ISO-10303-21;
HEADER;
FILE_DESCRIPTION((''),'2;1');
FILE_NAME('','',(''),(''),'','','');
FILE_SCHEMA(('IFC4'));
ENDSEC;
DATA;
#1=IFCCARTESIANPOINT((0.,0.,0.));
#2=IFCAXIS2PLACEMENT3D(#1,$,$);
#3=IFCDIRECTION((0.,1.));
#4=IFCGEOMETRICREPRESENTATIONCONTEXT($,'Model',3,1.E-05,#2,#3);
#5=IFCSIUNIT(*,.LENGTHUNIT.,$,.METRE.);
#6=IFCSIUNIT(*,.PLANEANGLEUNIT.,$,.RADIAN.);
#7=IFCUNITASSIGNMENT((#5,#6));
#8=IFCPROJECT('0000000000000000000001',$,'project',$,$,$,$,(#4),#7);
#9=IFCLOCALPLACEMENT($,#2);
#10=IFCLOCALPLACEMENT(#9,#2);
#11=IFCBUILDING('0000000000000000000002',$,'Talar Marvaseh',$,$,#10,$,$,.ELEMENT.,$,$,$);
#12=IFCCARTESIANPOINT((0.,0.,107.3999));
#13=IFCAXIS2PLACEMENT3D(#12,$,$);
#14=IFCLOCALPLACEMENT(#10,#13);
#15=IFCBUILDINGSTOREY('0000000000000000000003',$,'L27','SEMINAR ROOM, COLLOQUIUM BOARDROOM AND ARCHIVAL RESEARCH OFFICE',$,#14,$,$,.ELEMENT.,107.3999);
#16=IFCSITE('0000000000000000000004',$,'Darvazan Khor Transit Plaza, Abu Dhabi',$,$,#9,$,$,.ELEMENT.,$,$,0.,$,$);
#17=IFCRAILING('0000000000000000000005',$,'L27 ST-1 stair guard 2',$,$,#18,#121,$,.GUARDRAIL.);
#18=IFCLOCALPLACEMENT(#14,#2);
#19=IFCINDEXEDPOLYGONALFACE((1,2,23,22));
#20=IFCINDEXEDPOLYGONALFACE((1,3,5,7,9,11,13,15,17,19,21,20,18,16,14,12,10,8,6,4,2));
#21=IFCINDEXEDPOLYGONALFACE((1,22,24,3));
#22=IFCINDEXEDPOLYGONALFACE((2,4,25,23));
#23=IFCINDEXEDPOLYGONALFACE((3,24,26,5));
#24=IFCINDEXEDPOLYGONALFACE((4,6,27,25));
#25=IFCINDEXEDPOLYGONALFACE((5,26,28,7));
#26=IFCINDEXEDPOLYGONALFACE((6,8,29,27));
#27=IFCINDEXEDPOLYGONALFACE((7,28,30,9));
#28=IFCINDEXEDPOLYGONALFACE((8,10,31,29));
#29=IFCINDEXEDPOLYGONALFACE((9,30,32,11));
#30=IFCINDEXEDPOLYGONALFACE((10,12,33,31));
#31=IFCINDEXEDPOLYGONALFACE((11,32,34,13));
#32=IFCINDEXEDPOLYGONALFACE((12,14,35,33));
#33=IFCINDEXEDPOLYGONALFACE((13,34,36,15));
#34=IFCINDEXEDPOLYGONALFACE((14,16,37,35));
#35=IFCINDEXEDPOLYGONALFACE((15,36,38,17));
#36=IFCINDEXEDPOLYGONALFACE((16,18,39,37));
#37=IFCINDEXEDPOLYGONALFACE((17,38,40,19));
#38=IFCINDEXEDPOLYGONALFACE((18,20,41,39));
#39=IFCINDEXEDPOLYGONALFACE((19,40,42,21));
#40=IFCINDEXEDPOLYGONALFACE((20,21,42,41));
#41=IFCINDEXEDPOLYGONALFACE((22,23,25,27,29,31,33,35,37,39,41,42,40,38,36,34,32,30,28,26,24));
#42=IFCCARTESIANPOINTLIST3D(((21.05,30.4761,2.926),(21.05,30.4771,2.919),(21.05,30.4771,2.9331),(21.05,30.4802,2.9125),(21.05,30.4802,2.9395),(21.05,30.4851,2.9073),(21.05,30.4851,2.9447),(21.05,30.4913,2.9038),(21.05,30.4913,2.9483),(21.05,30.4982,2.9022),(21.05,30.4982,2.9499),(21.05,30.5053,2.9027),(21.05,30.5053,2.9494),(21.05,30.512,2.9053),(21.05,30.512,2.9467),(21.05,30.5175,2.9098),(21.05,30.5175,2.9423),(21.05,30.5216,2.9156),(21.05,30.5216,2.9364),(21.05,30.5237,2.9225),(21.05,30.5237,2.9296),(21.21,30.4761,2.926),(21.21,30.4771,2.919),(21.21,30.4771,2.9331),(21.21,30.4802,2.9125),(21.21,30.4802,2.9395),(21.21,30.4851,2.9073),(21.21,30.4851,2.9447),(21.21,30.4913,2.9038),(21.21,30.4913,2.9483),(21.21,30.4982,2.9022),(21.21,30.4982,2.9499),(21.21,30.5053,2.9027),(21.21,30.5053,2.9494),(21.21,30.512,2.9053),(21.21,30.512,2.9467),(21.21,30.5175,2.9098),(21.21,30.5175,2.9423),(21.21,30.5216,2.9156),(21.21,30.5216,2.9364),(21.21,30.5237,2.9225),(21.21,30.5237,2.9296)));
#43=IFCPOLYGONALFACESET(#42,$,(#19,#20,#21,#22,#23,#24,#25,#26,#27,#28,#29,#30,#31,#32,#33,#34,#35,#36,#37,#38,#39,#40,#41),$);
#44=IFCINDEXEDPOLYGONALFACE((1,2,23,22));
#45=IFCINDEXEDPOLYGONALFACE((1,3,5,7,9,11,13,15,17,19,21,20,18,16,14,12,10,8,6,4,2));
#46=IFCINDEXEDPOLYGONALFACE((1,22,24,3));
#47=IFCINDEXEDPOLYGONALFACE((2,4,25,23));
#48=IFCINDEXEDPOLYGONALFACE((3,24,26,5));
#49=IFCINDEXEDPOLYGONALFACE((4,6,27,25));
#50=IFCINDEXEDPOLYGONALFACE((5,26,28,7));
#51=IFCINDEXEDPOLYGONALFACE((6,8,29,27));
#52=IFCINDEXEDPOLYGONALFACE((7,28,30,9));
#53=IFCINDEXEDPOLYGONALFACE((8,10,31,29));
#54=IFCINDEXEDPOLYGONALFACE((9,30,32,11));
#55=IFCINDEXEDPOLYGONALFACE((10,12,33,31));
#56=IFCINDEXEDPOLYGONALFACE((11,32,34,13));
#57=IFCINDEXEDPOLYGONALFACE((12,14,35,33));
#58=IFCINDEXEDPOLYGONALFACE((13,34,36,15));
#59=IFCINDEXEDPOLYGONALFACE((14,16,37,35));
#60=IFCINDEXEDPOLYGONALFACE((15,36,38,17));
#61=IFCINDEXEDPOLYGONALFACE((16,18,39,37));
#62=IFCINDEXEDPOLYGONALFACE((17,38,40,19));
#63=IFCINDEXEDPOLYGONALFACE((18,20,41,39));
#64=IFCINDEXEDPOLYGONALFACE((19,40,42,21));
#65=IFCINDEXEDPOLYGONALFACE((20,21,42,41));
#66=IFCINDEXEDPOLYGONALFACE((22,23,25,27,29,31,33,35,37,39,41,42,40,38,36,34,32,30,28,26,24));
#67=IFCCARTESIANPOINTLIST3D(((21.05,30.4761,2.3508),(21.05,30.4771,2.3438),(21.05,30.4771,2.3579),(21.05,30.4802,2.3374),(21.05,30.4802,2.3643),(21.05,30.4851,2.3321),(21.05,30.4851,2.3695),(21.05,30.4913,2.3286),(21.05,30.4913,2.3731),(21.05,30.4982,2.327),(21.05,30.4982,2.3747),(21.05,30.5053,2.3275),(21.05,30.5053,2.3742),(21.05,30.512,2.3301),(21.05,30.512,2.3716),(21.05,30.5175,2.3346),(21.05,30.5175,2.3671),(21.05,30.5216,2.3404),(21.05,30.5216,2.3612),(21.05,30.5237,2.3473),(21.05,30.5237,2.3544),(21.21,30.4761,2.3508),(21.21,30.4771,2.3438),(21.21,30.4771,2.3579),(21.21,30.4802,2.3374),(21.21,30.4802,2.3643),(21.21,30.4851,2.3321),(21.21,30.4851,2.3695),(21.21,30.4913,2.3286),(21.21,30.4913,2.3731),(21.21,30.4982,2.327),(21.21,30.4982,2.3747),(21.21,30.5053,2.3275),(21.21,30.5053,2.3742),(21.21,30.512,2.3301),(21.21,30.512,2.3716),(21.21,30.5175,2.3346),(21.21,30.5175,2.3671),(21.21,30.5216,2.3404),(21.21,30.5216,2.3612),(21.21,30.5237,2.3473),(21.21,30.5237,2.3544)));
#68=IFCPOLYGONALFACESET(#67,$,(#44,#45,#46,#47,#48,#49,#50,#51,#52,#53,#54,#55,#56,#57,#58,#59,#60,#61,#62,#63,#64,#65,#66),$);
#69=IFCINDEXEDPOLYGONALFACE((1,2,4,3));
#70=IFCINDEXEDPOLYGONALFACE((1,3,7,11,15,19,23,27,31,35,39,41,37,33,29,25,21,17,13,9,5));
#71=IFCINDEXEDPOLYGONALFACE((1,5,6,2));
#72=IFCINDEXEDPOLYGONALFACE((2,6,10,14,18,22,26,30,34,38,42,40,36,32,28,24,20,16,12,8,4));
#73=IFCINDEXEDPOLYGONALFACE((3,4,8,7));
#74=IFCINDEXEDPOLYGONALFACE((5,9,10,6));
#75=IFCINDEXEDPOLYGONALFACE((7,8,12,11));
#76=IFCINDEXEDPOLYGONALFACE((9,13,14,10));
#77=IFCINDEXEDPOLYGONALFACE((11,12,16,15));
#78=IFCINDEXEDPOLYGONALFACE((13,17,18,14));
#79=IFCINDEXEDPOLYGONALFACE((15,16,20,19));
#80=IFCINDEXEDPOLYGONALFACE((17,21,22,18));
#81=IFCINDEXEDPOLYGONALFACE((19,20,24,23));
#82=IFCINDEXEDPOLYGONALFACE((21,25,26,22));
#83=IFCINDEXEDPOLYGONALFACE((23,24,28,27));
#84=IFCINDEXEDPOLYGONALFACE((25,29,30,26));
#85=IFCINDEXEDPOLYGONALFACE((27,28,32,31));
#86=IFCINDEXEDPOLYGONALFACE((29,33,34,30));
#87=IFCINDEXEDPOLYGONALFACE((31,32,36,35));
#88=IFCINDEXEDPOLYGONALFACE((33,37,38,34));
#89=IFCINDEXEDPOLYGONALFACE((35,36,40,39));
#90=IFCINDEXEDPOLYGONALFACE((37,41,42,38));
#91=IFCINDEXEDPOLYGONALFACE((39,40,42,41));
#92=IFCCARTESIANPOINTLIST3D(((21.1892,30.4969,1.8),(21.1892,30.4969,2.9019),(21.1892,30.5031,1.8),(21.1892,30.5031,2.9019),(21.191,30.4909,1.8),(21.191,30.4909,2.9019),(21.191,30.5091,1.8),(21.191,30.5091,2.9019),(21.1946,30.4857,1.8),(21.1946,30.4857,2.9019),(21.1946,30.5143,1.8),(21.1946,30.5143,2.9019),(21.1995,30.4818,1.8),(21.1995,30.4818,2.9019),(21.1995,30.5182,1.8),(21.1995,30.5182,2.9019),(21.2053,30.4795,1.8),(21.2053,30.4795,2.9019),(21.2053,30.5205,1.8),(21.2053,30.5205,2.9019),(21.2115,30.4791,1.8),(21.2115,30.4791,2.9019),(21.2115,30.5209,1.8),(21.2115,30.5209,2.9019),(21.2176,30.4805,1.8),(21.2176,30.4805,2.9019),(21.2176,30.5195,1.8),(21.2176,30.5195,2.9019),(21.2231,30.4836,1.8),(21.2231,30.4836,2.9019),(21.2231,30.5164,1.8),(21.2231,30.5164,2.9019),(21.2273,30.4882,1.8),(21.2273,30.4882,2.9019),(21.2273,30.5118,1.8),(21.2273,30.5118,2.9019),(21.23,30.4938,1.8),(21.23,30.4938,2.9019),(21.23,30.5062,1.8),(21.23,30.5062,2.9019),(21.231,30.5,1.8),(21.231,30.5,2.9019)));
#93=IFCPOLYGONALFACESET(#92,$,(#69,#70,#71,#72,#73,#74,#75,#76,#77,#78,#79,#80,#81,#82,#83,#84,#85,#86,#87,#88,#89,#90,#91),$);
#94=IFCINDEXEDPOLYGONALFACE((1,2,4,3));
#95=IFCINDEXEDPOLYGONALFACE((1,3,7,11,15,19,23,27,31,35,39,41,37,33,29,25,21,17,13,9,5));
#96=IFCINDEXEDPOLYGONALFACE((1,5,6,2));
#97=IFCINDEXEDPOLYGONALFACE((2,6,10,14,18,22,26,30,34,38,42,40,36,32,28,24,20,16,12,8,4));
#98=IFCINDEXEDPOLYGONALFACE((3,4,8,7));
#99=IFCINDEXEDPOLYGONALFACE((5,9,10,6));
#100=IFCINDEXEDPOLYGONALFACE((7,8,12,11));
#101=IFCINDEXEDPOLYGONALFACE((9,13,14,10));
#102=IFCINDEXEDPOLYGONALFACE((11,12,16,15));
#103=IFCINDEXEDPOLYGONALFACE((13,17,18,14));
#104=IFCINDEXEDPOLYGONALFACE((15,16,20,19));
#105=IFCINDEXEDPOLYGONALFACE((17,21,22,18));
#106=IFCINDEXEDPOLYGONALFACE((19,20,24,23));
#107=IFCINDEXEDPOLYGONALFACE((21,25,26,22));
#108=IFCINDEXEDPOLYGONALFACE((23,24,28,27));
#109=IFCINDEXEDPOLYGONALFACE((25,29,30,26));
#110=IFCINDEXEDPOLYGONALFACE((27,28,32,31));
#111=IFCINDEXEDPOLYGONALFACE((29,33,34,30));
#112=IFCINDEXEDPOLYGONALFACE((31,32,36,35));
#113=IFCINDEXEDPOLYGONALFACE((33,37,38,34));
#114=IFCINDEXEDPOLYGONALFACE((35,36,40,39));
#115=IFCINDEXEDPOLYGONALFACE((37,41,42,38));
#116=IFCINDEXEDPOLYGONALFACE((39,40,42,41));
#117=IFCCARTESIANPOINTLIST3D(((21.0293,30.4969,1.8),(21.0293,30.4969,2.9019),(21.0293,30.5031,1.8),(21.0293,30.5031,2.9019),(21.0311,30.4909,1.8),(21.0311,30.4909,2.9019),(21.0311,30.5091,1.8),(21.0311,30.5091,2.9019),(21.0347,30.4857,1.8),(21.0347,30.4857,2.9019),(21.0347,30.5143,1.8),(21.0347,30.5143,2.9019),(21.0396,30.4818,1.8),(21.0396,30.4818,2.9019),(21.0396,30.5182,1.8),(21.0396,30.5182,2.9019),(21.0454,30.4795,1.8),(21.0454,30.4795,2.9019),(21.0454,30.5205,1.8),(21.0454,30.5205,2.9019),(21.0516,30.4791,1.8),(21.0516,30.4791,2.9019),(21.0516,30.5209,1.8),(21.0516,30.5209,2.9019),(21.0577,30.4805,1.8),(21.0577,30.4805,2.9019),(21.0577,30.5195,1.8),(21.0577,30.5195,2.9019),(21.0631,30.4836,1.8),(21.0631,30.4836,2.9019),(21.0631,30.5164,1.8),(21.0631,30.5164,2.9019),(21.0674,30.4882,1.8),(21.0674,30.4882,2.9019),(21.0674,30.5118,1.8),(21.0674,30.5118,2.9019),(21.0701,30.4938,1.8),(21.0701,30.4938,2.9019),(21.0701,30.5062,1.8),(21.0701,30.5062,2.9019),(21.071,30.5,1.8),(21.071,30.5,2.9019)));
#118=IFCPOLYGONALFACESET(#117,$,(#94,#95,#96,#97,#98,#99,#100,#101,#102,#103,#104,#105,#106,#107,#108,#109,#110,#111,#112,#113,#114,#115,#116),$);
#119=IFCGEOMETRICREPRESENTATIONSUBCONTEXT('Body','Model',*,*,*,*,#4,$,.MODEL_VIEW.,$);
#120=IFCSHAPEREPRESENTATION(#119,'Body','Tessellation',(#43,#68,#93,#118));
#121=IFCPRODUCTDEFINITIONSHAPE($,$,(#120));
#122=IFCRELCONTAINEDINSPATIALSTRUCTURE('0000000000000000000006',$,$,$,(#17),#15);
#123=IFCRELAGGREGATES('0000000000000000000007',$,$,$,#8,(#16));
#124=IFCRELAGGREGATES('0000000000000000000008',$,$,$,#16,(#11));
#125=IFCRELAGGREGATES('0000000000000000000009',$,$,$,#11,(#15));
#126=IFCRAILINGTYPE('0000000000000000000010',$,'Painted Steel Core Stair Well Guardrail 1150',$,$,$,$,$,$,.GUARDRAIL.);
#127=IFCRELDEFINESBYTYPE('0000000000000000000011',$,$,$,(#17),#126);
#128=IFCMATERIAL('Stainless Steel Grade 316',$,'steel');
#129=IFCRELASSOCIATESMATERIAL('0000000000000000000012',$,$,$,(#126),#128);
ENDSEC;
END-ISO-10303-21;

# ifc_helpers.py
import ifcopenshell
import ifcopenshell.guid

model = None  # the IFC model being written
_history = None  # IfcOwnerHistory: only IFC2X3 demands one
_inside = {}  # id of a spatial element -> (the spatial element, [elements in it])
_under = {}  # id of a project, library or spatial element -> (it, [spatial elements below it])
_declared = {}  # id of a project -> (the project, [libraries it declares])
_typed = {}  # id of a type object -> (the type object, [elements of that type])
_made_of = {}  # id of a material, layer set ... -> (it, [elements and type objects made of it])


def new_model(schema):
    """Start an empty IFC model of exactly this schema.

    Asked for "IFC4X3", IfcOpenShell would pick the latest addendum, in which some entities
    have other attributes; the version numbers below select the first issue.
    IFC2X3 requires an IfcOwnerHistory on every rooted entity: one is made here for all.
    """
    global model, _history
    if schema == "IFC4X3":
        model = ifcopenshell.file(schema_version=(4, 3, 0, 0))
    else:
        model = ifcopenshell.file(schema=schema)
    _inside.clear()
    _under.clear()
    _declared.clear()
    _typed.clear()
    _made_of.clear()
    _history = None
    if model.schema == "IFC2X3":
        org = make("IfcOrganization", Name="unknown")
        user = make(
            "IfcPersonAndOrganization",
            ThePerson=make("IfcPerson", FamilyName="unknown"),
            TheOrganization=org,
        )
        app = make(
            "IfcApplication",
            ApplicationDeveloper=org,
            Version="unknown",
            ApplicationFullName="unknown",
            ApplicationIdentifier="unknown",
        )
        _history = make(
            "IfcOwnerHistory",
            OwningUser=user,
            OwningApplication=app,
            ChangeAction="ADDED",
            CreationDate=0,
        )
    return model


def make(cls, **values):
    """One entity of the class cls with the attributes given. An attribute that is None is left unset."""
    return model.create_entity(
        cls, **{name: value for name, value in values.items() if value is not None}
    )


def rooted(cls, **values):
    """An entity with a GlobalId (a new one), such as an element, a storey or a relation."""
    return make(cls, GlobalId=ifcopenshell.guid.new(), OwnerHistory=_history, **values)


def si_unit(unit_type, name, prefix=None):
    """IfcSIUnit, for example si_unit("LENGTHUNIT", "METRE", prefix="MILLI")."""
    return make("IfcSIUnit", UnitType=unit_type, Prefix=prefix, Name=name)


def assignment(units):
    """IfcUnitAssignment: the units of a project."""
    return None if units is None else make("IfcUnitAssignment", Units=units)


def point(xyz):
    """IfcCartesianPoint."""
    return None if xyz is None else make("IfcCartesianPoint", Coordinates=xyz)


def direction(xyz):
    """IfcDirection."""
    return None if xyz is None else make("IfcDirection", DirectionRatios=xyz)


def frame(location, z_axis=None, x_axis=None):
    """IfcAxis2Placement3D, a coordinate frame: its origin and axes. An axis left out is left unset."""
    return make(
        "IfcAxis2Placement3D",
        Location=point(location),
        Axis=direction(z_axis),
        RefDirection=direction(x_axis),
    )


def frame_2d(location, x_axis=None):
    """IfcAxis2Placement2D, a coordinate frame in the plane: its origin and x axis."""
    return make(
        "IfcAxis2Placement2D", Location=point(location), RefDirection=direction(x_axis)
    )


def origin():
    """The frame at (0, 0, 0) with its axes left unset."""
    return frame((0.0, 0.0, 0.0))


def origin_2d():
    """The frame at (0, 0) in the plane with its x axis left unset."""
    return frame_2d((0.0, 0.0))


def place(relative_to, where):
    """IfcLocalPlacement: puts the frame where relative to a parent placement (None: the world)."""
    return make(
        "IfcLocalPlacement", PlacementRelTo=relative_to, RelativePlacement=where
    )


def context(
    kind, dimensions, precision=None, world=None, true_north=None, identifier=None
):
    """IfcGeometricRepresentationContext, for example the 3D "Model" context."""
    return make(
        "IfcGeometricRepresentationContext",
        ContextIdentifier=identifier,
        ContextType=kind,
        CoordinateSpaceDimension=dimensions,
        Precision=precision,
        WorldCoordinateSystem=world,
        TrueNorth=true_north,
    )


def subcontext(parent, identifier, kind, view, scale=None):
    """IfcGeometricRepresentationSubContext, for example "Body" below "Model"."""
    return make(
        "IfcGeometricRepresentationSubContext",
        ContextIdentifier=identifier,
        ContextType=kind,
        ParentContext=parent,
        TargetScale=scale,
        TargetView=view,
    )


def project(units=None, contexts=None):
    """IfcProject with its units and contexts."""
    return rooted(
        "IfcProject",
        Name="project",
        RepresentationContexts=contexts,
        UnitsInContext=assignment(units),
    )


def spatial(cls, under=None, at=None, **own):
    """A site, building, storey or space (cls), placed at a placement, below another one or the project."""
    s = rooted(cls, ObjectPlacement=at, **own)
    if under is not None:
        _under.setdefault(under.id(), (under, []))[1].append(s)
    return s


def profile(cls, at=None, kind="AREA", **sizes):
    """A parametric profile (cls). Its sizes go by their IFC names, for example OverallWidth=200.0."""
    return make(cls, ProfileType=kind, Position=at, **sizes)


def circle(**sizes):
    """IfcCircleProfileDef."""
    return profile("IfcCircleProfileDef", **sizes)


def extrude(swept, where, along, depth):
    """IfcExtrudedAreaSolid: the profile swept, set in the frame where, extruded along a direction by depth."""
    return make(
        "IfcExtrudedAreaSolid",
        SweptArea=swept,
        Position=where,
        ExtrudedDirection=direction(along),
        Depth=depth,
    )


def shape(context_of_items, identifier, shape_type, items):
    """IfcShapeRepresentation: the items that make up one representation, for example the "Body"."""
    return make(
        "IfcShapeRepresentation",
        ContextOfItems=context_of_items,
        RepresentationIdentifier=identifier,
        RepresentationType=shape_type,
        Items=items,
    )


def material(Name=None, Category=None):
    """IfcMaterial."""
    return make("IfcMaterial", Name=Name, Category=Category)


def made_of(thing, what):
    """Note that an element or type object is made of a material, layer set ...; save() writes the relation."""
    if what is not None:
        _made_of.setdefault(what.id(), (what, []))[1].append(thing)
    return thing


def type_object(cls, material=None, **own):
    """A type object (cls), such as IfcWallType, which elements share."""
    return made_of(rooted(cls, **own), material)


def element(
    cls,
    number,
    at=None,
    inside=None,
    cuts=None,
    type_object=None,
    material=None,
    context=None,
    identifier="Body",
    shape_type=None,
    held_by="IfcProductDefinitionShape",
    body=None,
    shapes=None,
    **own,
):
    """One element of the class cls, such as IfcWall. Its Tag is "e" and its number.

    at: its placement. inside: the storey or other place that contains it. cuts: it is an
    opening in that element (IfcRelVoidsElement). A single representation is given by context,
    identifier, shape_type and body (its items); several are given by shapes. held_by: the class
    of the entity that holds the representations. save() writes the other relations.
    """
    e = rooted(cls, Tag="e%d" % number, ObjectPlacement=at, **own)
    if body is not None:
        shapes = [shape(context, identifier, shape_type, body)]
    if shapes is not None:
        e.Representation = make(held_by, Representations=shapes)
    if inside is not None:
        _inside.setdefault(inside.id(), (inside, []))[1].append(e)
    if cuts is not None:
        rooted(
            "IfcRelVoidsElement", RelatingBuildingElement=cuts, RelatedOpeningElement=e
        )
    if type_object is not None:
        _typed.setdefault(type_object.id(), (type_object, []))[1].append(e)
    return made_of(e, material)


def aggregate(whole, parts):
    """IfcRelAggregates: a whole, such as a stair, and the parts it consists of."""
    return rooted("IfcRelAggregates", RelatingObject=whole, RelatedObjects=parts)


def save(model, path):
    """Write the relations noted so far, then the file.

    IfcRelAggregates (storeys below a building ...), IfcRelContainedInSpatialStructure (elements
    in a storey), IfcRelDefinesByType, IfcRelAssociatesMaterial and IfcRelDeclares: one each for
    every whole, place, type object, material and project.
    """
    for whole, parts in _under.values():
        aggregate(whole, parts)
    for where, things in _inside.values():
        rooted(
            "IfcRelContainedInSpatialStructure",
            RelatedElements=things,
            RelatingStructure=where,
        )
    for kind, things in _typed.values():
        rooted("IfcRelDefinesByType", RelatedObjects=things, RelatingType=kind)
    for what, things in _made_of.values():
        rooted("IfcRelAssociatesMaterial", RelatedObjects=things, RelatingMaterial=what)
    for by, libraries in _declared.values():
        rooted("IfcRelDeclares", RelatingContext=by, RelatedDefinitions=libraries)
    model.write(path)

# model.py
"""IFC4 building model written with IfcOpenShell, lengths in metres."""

from ifc_helpers import new_model, si_unit, direction, frame, origin, origin_2d, place, context, subcontext, project, spatial, circle, extrude, material, type_object, element, save


model = new_model("IFC4")

# Units and contexts
model_context = context("Model", 3, precision=1e-05, world=origin(), true_north=direction((0.0, 1.0)))
body_context = subcontext(model_context, "Body", "Model", "MODEL_VIEW")
ifc_project = project(units=[si_unit("LENGTHUNIT", "METRE"), si_unit("PLANEANGLEUNIT", "RADIAN")], contexts=[model_context])

# Site, building, storey
site_placement = place(None, origin())
site = spatial("IfcSite", under=ifc_project, at=site_placement, Name="Darvazan Khor Transit Plaza, Abu Dhabi", CompositionType="ELEMENT", RefElevation=0.0)
building_placement = place(site_placement, origin())
building = spatial("IfcBuilding", under=site, at=building_placement, Name="Talar Marvaseh", CompositionType="ELEMENT")
storey_placement = place(building_placement, frame((0.0, 0.0, 107.3999)))
storey = spatial("IfcBuildingStorey", under=building, at=storey_placement, Name="L27", Description="SEMINAR ROOM, COLLOQUIUM BOARDROOM AND ARCHIVAL RESEARCH OFFICE", CompositionType="ELEMENT", Elevation=107.3999)

# Railing
ifc_material_1 = material(Name="Stainless Steel Grade 316", Category="steel")
railing_type_1 = type_object("IfcRailingType", Name="Painted Steel Core Stair Well Guardrail 1150", PredefinedType="GUARDRAIL", material=ifc_material_1)
railing_1_placement = place(storey_placement, frame((21.21, 30.5, 1.8)))
element("IfcRailing", 1, at=railing_1_placement, inside=storey, type_object=railing_type_1, Name="L27 ST-1 stair guard 2", PredefinedType="GUARDRAIL", context=body_context, shape_type="SweptSolid", body=[
    extrude(circle(Radius=0.0239, at=origin_2d()), frame((0.0, 0.0, 1.126), z_axis=(-1.0, 0.0, 0.0), x_axis=(0.0, -1.0, 0.0)), (0.0, 0.0, 1.0), 0.1599),
    extrude(circle(Radius=0.0239, at=origin_2d()), frame((0.0, 0.0, 0.5508), z_axis=(-1.0, 0.0, 0.0), x_axis=(0.0, -1.0, 0.0)), (0.0, 0.0, 1.0), 0.1599),
    extrude(circle(Radius=0.021, at=origin_2d()), origin(), (0.0, 0.0, 1.0), 1.1018),
    extrude(circle(Radius=0.021, at=origin_2d()), frame((-0.1599, 0.0, 0.0)), (0.0, 0.0, 1.0), 1.1018),
])

save(model, "model.ifc")
